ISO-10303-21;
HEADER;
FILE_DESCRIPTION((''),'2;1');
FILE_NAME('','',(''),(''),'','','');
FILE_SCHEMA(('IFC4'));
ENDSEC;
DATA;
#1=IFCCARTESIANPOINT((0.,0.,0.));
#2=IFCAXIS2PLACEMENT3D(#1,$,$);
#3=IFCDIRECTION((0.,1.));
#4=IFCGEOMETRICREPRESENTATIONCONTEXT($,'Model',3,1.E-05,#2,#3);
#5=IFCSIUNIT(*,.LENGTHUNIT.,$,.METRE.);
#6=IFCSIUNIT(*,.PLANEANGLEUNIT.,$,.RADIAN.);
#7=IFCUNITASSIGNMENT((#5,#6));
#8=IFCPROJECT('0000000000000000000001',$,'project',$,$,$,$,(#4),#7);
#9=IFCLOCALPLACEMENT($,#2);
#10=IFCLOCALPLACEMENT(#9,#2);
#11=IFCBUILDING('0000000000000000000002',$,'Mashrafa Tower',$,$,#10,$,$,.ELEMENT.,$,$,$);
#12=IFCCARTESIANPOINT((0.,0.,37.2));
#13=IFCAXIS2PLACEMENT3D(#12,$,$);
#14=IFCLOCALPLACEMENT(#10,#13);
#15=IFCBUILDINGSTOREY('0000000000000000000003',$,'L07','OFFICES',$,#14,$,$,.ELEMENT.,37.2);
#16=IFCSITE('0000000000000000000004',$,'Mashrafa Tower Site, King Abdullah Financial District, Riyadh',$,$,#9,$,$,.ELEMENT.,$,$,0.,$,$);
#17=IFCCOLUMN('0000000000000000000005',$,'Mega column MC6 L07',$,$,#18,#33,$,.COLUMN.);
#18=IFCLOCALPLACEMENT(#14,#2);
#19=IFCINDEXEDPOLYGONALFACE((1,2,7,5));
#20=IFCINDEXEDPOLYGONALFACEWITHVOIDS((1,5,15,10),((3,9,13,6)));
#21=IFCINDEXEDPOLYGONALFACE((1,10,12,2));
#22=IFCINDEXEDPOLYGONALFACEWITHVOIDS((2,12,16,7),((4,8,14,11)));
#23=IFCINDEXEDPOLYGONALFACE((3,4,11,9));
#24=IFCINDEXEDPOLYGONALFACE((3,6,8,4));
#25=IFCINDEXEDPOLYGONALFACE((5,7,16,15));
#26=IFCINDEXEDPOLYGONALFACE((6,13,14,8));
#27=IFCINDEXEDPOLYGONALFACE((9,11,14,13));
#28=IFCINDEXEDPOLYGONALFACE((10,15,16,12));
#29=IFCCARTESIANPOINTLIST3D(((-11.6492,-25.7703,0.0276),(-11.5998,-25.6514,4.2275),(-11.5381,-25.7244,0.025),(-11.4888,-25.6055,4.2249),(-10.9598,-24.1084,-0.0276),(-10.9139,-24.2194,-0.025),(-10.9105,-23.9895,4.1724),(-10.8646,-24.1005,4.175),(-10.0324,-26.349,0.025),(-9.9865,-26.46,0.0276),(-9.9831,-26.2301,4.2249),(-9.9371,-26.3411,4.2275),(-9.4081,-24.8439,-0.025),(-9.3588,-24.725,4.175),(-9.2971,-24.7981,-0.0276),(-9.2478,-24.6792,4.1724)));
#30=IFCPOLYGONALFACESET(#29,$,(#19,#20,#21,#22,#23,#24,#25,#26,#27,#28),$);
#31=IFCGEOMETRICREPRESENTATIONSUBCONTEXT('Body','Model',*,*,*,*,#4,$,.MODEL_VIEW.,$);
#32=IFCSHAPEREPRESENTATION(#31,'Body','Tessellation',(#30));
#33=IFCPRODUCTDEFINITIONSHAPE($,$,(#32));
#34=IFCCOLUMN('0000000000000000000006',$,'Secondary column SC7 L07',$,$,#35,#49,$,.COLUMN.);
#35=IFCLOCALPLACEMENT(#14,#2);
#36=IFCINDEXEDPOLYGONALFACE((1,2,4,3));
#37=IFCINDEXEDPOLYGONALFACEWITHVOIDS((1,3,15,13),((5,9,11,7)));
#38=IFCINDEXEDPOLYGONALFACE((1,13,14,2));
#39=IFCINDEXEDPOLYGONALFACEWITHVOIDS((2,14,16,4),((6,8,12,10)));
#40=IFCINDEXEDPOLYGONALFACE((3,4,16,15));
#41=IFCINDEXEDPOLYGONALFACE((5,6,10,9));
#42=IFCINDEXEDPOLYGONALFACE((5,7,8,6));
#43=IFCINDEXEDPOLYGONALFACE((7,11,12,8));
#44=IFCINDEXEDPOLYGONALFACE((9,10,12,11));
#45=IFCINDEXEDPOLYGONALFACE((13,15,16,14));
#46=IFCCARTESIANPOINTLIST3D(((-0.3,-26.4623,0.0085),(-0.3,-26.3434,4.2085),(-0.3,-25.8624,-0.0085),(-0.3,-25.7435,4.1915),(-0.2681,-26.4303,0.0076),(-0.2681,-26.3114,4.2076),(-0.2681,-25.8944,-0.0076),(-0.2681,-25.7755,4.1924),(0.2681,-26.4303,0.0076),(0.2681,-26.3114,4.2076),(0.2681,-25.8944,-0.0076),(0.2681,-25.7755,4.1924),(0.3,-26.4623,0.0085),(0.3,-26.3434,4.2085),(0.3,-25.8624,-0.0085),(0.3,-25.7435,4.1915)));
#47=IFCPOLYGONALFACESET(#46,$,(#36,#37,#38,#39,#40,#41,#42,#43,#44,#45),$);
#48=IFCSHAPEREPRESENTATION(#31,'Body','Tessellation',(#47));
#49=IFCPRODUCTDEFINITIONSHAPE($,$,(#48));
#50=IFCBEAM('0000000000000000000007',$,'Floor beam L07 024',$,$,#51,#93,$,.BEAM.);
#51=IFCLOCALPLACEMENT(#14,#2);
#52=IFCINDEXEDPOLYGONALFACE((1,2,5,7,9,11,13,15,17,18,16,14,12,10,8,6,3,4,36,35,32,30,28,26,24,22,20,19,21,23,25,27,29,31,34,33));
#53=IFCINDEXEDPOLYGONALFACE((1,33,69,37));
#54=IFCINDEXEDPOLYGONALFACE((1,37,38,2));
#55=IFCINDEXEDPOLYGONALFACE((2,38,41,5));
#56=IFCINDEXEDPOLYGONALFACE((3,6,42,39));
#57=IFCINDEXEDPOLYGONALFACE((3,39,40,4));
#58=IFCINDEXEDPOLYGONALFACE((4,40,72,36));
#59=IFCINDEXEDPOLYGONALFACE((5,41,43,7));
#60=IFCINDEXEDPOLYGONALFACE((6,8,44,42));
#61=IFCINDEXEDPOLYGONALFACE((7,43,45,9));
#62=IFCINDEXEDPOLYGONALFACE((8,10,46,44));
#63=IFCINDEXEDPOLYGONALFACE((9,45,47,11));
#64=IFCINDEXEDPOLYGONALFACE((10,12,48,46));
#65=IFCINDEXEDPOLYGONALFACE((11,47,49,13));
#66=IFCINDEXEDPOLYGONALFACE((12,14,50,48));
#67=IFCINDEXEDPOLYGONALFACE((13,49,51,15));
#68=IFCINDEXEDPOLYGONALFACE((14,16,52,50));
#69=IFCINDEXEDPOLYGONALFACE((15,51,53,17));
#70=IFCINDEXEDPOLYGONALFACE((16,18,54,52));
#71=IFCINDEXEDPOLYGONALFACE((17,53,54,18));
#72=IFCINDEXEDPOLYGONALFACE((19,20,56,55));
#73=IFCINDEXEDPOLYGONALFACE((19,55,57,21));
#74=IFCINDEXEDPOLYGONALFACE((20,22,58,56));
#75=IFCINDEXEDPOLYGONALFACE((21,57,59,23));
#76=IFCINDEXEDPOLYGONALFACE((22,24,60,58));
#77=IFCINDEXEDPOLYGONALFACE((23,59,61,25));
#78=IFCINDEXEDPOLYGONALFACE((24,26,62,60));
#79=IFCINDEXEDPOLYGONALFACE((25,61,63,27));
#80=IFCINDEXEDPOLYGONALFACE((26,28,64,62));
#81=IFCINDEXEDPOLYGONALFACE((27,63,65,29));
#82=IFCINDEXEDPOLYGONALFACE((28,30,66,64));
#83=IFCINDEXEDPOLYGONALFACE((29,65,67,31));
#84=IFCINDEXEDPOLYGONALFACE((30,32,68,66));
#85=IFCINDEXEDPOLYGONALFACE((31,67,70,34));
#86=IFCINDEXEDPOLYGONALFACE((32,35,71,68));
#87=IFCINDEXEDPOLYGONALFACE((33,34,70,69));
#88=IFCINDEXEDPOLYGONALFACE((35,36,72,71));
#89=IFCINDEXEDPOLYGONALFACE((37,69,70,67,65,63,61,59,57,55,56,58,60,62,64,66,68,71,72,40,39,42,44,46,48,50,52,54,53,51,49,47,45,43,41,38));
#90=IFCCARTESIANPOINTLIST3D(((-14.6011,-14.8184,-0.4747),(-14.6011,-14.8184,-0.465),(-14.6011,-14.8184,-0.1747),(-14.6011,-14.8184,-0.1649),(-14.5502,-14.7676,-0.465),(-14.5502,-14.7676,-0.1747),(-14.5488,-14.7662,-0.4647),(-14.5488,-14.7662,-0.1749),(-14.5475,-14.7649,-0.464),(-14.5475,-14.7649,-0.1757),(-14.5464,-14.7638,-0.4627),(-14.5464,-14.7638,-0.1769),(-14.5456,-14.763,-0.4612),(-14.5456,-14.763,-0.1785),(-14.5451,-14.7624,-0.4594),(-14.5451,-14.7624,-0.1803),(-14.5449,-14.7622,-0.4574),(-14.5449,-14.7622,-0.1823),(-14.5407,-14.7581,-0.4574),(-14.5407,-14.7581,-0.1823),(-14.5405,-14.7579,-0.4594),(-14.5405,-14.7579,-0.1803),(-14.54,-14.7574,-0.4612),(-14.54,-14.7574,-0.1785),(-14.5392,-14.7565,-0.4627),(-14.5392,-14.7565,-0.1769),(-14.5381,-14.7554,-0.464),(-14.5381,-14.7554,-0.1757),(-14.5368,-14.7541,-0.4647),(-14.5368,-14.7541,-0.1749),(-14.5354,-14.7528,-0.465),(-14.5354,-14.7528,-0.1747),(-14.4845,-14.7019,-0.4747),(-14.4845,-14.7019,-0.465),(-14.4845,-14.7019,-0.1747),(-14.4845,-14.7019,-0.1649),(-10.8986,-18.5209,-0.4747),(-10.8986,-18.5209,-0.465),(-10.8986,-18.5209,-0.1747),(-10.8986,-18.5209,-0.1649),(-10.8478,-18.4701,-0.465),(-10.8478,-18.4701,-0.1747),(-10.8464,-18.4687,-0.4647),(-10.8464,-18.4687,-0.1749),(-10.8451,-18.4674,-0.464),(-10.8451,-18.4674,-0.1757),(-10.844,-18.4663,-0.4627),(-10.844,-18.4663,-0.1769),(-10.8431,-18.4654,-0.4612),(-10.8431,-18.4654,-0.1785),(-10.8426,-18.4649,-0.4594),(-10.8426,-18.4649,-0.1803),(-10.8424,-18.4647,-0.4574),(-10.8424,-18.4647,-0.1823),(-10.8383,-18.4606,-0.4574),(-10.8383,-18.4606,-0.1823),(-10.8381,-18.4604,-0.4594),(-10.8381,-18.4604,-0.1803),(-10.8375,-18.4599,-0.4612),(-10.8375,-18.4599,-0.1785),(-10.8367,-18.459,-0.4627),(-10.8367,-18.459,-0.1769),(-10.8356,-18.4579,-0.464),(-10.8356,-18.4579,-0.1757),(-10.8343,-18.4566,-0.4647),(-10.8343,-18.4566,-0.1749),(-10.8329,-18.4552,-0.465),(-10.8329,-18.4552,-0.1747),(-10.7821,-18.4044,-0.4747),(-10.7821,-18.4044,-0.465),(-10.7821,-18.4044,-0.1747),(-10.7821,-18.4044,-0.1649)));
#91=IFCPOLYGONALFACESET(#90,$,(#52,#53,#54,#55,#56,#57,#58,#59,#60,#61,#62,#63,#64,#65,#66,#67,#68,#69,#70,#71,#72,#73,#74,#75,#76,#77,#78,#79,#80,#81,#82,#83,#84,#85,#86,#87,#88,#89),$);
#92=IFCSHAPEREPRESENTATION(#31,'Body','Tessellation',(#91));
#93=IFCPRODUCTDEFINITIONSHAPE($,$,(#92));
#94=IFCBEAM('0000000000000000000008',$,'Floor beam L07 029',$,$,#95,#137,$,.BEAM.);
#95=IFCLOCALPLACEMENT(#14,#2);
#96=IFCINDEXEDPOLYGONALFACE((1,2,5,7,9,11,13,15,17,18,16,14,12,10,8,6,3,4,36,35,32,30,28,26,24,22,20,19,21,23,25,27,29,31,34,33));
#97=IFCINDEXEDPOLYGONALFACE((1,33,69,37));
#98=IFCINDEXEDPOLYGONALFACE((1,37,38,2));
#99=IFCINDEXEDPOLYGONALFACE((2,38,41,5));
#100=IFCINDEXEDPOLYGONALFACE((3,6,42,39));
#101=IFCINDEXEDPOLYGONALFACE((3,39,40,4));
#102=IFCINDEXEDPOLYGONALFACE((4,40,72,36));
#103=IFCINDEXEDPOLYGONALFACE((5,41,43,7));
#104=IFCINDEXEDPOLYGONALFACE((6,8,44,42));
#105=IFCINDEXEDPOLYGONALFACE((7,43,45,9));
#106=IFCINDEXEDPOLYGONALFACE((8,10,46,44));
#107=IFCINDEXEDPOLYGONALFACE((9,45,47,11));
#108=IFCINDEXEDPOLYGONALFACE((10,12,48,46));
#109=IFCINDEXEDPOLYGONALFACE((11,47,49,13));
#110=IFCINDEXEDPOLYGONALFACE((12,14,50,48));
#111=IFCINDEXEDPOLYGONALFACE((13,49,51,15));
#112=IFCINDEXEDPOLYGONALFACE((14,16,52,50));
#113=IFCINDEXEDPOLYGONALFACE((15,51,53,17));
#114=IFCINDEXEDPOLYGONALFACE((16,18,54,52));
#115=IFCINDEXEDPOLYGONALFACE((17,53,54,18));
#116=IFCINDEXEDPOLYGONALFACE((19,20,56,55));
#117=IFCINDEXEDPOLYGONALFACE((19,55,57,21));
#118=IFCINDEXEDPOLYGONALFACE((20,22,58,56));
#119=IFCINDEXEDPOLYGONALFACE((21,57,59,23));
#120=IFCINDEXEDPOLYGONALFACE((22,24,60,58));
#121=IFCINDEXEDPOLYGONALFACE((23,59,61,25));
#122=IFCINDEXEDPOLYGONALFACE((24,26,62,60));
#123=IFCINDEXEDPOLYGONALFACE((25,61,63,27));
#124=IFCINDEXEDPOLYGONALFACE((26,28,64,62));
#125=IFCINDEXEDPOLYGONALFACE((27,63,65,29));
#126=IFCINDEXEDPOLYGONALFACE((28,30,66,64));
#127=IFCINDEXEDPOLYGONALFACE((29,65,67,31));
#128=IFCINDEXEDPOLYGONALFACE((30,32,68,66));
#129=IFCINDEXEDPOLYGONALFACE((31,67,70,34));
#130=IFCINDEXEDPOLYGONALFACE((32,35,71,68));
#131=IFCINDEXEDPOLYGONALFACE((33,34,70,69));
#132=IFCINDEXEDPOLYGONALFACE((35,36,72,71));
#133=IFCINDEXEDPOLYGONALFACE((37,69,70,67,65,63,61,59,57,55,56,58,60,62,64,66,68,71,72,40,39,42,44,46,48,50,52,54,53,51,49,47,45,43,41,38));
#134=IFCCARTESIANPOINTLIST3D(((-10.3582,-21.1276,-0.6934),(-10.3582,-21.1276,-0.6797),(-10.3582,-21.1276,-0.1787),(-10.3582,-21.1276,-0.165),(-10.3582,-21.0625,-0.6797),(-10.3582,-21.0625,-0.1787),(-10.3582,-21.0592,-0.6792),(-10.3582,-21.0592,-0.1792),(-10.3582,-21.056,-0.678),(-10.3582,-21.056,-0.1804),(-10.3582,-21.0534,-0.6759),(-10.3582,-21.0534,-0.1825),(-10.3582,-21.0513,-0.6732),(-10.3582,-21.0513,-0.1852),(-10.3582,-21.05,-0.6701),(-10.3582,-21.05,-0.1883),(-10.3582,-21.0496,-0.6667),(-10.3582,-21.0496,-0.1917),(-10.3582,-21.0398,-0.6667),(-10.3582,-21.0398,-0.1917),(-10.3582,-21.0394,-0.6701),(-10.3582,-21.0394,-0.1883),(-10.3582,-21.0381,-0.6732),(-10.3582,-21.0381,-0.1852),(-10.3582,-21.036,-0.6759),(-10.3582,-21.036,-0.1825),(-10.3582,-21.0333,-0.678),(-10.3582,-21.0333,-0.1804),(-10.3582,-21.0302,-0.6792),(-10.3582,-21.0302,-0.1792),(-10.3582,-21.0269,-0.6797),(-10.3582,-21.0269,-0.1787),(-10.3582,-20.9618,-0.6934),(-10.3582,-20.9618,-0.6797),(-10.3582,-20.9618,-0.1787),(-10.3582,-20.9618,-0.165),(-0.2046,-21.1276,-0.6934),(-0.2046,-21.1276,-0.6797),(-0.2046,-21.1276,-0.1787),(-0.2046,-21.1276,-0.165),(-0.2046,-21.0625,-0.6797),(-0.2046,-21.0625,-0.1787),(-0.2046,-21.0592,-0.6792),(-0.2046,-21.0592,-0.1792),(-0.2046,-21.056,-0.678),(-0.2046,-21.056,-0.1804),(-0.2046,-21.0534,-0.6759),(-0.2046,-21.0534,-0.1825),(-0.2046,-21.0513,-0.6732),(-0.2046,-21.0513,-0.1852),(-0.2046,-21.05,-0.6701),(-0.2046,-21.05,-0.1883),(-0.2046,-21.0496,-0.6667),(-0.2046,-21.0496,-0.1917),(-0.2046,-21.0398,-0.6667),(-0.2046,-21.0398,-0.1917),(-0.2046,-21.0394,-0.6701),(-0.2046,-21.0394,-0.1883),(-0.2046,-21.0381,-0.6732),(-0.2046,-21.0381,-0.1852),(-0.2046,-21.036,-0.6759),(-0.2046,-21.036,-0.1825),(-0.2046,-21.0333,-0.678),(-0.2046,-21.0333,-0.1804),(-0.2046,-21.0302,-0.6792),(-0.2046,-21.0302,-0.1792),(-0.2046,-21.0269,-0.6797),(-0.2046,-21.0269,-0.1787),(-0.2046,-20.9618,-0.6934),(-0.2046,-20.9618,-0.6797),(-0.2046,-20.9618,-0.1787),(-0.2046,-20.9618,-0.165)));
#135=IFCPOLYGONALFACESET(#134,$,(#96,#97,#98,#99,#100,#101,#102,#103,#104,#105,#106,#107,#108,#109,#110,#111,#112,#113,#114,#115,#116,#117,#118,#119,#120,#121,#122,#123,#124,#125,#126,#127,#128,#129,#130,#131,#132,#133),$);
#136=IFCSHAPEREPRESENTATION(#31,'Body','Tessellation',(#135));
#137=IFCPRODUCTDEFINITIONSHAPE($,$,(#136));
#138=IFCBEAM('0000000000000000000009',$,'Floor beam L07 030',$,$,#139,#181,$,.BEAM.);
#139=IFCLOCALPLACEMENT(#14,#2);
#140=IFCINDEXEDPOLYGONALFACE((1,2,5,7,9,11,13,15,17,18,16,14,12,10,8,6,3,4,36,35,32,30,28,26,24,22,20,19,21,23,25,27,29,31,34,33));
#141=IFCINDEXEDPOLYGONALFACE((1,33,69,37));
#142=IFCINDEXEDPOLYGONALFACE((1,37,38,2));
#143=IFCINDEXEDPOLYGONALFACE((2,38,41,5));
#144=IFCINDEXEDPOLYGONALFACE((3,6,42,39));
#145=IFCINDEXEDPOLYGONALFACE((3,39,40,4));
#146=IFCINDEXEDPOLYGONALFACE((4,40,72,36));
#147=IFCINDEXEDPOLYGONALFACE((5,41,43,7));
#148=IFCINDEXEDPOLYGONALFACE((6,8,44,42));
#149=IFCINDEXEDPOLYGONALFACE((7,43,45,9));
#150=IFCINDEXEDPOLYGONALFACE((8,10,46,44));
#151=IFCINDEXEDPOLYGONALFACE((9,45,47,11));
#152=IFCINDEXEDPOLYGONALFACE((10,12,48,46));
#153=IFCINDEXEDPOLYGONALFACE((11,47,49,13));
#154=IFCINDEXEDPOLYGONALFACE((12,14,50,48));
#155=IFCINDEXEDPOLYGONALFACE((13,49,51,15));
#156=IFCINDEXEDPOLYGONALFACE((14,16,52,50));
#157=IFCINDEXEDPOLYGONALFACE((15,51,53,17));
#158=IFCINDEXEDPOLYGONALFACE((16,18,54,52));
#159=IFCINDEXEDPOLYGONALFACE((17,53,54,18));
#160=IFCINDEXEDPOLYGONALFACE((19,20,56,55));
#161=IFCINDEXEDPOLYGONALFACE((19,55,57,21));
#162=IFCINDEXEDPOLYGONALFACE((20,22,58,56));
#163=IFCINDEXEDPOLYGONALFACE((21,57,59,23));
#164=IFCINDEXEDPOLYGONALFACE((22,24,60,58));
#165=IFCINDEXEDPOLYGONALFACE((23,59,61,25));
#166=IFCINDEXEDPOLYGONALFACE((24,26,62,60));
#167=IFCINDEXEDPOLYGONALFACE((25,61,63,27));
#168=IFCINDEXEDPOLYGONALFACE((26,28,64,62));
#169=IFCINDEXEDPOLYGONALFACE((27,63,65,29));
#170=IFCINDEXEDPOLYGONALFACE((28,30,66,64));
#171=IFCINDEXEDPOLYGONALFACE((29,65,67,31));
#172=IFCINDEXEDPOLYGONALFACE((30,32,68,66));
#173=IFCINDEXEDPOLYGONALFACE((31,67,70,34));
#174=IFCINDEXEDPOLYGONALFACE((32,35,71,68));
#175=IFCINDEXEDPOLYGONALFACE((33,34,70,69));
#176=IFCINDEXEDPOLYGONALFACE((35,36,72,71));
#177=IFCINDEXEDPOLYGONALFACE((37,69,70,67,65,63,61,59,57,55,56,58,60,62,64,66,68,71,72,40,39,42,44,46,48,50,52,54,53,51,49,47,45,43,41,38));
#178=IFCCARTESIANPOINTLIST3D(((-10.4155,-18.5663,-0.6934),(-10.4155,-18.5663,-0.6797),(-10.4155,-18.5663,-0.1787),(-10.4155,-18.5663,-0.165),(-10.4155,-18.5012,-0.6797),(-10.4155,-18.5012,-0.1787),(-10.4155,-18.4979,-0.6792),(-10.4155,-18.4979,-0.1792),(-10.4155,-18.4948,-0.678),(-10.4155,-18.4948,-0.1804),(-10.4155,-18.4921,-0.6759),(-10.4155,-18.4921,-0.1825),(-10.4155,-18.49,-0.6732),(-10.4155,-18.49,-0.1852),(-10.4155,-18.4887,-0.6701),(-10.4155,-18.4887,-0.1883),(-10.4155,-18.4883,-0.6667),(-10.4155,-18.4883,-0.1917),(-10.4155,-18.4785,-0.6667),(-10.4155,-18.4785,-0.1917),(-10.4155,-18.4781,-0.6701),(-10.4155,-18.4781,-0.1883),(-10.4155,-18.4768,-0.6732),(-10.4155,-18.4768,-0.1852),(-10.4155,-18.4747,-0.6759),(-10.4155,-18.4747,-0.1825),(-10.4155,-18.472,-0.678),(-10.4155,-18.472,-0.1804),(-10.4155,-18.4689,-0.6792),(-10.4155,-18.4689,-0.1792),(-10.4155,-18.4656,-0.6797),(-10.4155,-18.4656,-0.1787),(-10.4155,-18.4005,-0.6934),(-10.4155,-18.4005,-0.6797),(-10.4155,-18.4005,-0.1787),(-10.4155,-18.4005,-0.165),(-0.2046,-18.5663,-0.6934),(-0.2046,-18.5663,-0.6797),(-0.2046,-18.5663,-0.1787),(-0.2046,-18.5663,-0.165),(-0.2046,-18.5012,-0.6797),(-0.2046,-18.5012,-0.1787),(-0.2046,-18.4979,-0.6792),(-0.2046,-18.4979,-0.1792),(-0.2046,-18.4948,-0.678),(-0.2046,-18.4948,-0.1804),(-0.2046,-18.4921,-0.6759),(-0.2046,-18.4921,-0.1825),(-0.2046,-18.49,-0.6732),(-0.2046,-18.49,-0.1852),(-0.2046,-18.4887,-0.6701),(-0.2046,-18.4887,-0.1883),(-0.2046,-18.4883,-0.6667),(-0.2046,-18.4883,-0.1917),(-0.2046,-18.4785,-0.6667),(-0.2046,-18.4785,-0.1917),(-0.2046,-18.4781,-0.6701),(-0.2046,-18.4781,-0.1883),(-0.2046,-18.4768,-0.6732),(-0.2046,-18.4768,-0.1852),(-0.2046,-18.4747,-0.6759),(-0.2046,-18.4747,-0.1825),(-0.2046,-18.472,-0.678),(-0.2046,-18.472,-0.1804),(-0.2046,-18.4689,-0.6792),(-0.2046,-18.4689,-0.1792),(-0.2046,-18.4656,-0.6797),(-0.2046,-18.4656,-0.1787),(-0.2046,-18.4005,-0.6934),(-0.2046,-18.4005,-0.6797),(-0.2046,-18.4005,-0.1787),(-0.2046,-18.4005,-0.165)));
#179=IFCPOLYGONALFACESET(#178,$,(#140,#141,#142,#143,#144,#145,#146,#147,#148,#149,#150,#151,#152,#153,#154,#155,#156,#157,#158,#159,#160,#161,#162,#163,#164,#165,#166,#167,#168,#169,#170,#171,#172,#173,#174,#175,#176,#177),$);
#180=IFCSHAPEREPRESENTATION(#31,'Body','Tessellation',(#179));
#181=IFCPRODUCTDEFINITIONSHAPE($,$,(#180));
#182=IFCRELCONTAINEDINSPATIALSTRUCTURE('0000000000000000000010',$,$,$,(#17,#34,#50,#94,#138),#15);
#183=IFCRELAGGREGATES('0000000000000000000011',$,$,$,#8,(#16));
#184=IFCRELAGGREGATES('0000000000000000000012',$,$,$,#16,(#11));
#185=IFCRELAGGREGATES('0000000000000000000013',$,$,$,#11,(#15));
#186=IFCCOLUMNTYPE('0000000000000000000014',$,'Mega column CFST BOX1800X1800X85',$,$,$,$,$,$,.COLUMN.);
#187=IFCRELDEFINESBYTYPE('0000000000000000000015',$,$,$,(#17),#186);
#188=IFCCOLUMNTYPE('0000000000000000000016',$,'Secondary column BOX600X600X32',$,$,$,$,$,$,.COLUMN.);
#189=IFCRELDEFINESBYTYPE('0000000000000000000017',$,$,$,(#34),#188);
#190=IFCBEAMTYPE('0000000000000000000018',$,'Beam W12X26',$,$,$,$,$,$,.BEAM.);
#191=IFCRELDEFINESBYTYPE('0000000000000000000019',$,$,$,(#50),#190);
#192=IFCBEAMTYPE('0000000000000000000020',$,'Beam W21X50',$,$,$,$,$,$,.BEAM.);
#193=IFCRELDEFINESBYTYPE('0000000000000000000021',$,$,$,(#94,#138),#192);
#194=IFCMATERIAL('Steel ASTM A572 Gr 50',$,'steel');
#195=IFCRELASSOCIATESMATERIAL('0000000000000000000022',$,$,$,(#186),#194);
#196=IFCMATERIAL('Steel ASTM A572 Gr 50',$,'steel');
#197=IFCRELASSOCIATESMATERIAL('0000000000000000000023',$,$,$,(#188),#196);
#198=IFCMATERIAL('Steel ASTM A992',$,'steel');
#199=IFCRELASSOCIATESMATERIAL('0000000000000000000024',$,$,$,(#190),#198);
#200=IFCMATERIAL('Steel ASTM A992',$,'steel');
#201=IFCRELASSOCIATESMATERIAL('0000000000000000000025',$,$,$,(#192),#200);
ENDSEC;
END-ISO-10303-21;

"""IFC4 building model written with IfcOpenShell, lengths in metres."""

from ifc_helpers import new_model, si_unit, direction, frame, origin, origin_2d, place, context, subcontext, project, spatial, hollow_rectangle, i_section, extrude, material, material_profile, profile_set, type_object, element, save


model = new_model("IFC4")

# Units and contexts
model_context = context("Model", 3, precision=1e-05, world=origin(), true_north=direction((0.0, 1.0)))
body_context = subcontext(model_context, "Body", "Model", "MODEL_VIEW")
ifc_project = project(units=[si_unit("LENGTHUNIT", "METRE"), si_unit("PLANEANGLEUNIT", "RADIAN")], contexts=[model_context])

# Site, building, storey
site_placement = place(None, origin())
site = spatial("IfcSite", under=ifc_project, at=site_placement, Name="Mashrafa Tower Site, King Abdullah Financial District, Riyadh", CompositionType="ELEMENT", RefElevation=0.0)
building_placement = place(site_placement, origin())
building = spatial("IfcBuilding", under=site, at=building_placement, Name="Mashrafa Tower", CompositionType="ELEMENT")
storey_placement = place(building_placement, frame((0.0, 0.0, 37.2)))
storey = spatial("IfcBuildingStorey", under=building, at=storey_placement, Name="L07", Description="OFFICES", CompositionType="ELEMENT", Elevation=37.2)

# Columns
ifc_material_1 = material(Name="Steel ASTM A572 Gr 50", Category="steel")
ifc_material_profile_1 = material_profile(ifc_material_1, hollow_rectangle(XDim=1.8, YDim=1.8, WallThickness=0.085, at=origin_2d()), Name="BOX1800X1800X85")
ifc_profile_set_1 = profile_set([ifc_material_profile_1], Name="Steel ASTM A572 Gr 50")
column_type_1 = type_object("IfcColumnType", Name="Mega column CFST BOX1800X1800X85", PredefinedType="COLUMN", material=ifc_profile_set_1)
column_1_placement = place(storey_placement, frame((-10.4731, -25.2842, 0.0), z_axis=(0.011737, 0.028296, 0.999531), x_axis=(-0.923693, 0.383133, 0.0)))
element("IfcColumn", 1, at=column_1_placement, inside=storey, type_object=column_type_1, Name="Mega column MC6 L07", PredefinedType="COLUMN", context=body_context, shape_type="SweptSolid", body=[
    extrude(hollow_rectangle(XDim=1.8, YDim=1.8, WallThickness=0.085, at=origin_2d()), origin(), (0.0, 0.0, 1.0), 4.2019),
])
ifc_material_2 = material(Name="Steel ASTM A572 Gr 50", Category="steel")
ifc_material_profile_2 = material_profile(ifc_material_2, hollow_rectangle(XDim=0.6001, YDim=0.6001, WallThickness=0.032, at=origin_2d()), Name="BOX600X600X32")
ifc_profile_set_2 = profile_set([ifc_material_profile_2], Name="Steel ASTM A572 Gr 50")
column_type_2 = type_object("IfcColumnType", Name="Secondary column BOX600X600X32", PredefinedType="COLUMN", material=ifc_profile_set_2)
column_2_placement = place(storey_placement, frame((0.0, -26.1624, 0.0), z_axis=(0.0, 0.028298, 0.9996), x_axis=(-1.0, 0.0, 0.0)))
element("IfcColumn", 2, at=column_2_placement, inside=storey, type_object=column_type_2, Name="Secondary column SC7 L07", PredefinedType="COLUMN", context=body_context, shape_type="SweptSolid", body=[
    extrude(hollow_rectangle(XDim=0.6001, YDim=0.6001, WallThickness=0.032, at=origin_2d()), origin(), (0.0, 0.0, 1.0), 4.2017),
])

# Beams
ifc_material_3 = material(Name="Steel ASTM A992", Category="steel")
ifc_material_profile_3 = material_profile(ifc_material_3, i_section(OverallWidth=0.1648, OverallDepth=0.3098, WebThickness=0.0059, FlangeThickness=0.0098, FilletRadius=0.0076, at=origin_2d()), Name="W12X26")
ifc_profile_set_3 = profile_set([ifc_material_profile_3], Name="Steel ASTM A992")
beam_type_1 = type_object("IfcBeamType", Name="Beam W12X26", PredefinedType="BEAM", material=ifc_profile_set_3)
beam_1_placement = place(storey_placement, frame((-10.8403, -18.4626, -0.3198), z_axis=(-0.707107, 0.707107, 0.0), x_axis=(-0.707107, -0.707107, 0.0)))
element("IfcBeam", 3, at=beam_1_placement, inside=storey, type_object=beam_type_1, Name="Floor beam L07 024", PredefinedType="BEAM", context=body_context, shape_type="SweptSolid", body=[
    extrude(i_section(OverallWidth=0.1648, OverallDepth=0.3098, WebThickness=0.0059, FlangeThickness=0.0098, FilletRadius=0.0076, at=origin_2d()), origin(), (0.0, 0.0, 1.0), 5.2361),
])
ifc_material_4 = material(Name="Steel ASTM A992", Category="steel")
ifc_material_profile_4 = material_profile(ifc_material_4, i_section(OverallWidth=0.1658, OverallDepth=0.5283, WebThickness=0.0098, FlangeThickness=0.0137, FilletRadius=0.0129, at=origin_2d()), Name="W21X50")
ifc_profile_set_4 = profile_set([ifc_material_profile_4], Name="Steel ASTM A992")
beam_type_2 = type_object("IfcBeamType", Name="Beam W21X50", PredefinedType="BEAM", material=ifc_profile_set_4)
beam_2_placement = place(storey_placement, frame((-0.2046, -21.0447, -0.4292), z_axis=(-1.0, 0.0, 0.0), x_axis=(0.0, -1.0, 0.0)))
element("IfcBeam", 4, at=beam_2_placement, inside=storey, type_object=beam_type_2, Name="Floor beam L07 029", PredefinedType="BEAM", context=body_context, shape_type="SweptSolid", body=[
    extrude(i_section(OverallWidth=0.1658, OverallDepth=0.5283, WebThickness=0.0098, FlangeThickness=0.0137, FilletRadius=0.0129, at=origin_2d()), origin(), (0.0, 0.0, 1.0), 10.1536),
])
beam_3_placement = place(storey_placement, frame((-0.2046, -18.4834, -0.4292), z_axis=(-1.0, 0.0, 0.0), x_axis=(0.0, -1.0, 0.0)))
element("IfcBeam", 5, at=beam_3_placement, inside=storey, type_object=beam_type_2, Name="Floor beam L07 030", PredefinedType="BEAM", context=body_context, shape_type="SweptSolid", body=[
    extrude(i_section(OverallWidth=0.1658, OverallDepth=0.5283, WebThickness=0.0098, FlangeThickness=0.0137, FilletRadius=0.0129, at=origin_2d()), origin(), (0.0, 0.0, 1.0), 10.2109),
])

save(model, "model.ifc")
